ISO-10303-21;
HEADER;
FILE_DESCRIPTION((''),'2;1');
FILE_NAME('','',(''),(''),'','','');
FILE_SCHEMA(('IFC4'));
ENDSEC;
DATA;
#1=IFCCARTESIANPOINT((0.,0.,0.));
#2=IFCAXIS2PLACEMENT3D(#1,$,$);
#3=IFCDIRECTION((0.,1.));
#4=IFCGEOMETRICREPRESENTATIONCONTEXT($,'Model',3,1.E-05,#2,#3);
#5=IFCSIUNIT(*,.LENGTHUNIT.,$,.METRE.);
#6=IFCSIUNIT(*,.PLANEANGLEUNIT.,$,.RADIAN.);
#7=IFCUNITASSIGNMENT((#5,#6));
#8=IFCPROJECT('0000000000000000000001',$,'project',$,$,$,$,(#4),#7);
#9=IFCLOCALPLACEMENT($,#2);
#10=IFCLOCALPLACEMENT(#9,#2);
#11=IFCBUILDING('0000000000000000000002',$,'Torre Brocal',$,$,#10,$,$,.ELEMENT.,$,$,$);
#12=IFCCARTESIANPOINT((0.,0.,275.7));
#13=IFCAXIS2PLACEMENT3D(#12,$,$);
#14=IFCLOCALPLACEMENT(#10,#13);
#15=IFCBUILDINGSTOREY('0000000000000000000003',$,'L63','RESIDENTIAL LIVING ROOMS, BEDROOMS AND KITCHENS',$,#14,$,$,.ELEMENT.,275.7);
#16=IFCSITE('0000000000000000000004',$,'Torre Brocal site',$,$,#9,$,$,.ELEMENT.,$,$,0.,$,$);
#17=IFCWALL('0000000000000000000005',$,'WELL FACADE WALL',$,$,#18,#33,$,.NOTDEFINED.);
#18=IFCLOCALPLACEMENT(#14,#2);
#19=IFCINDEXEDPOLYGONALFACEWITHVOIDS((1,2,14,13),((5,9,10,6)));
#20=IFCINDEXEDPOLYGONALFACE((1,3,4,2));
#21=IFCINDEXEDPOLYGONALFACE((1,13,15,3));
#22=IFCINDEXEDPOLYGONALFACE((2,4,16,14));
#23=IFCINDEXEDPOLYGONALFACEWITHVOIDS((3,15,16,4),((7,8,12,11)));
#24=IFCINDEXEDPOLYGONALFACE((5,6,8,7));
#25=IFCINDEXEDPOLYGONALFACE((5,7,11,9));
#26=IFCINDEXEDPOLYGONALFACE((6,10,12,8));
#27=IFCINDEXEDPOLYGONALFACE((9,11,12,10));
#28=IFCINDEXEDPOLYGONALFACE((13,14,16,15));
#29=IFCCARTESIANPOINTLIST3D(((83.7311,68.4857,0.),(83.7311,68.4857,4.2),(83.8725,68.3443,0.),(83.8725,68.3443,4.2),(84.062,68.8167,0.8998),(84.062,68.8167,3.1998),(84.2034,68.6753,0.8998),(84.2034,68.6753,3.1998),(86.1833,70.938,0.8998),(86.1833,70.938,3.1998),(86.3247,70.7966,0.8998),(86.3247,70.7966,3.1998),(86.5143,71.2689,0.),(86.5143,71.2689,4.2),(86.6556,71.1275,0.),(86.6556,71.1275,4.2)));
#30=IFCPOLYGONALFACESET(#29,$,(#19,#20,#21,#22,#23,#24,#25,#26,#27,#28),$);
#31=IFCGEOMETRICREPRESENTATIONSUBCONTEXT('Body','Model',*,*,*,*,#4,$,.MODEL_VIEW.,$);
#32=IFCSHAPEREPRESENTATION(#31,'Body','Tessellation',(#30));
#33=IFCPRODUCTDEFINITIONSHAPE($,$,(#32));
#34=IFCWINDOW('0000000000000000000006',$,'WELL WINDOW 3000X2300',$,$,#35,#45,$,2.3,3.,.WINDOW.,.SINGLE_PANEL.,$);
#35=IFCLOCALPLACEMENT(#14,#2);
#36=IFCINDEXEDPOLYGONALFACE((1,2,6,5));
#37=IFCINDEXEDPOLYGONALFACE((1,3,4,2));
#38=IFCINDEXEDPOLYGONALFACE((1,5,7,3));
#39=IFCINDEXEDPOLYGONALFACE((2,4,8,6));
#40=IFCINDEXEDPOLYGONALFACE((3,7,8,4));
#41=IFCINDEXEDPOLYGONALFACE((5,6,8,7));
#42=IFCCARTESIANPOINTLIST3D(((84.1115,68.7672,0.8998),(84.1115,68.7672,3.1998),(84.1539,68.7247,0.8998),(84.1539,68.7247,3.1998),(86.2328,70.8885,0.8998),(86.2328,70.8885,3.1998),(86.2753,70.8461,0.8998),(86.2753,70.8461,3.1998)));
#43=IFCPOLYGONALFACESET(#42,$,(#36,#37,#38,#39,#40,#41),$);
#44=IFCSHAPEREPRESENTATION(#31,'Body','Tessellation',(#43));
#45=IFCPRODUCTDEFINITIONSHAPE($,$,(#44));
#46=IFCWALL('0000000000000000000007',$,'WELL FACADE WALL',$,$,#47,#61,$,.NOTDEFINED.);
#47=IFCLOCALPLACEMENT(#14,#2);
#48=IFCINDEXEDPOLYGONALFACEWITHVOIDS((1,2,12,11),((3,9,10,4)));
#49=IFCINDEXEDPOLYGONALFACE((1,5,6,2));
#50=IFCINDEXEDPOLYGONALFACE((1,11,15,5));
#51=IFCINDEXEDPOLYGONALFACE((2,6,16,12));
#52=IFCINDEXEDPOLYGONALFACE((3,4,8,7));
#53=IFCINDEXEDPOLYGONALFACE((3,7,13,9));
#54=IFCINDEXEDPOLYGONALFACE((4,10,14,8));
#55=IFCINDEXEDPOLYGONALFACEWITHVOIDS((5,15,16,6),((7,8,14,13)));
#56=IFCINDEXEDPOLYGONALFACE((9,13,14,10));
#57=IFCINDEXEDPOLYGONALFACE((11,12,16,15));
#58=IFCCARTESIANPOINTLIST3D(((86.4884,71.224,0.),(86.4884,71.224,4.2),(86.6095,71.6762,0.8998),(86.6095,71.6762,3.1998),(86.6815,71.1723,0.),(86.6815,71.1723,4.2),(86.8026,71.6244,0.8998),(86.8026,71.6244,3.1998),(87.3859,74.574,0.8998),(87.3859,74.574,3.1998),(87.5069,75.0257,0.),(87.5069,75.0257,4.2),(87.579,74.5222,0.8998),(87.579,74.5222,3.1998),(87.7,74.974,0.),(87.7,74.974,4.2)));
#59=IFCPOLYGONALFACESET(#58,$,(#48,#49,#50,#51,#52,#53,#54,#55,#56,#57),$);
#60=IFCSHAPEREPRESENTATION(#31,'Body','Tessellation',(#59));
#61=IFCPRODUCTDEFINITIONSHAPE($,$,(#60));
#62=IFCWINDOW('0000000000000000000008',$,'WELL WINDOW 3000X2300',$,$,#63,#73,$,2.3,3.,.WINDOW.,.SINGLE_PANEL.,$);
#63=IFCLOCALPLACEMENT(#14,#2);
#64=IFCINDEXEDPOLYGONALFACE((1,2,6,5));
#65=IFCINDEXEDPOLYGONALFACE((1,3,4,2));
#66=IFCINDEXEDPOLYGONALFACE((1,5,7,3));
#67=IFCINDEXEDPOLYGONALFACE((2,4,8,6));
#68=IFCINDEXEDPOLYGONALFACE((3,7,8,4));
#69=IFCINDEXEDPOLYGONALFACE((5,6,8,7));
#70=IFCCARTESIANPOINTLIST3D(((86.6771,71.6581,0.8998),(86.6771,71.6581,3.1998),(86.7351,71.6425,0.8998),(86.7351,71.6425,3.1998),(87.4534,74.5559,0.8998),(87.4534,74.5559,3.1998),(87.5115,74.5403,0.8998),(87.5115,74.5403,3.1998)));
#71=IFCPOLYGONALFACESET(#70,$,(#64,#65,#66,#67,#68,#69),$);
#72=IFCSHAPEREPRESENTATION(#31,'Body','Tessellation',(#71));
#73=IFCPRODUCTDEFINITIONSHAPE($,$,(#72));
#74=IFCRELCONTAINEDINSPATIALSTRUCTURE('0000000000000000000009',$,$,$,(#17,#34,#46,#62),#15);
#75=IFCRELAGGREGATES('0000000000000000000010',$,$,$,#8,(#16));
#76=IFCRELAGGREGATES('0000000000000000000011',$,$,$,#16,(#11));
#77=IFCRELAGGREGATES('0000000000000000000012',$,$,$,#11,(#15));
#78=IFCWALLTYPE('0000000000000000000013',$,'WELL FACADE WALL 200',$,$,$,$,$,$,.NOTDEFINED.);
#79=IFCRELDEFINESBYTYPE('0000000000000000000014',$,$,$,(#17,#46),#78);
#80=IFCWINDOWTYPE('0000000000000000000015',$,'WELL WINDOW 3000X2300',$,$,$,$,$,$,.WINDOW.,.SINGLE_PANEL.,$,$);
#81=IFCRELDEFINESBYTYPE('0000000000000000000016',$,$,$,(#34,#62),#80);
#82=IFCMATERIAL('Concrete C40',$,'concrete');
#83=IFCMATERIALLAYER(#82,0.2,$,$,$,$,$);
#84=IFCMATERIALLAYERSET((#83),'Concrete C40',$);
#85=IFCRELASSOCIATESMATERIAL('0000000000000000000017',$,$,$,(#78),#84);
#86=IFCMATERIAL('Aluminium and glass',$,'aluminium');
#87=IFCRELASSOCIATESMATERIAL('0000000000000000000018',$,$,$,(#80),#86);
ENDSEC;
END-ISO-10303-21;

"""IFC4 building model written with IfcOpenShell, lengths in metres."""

from ifc_helpers import new_model, si_unit, direction, frame, frame_2d, origin, place, context, subcontext, project, spatial, rectangle, extrude, material, layer, layer_set, type_object, element, fill, save


model = new_model("IFC4")

# Units and contexts
model_context = context("Model", 3, precision=1e-05, world=origin(), true_north=direction((0.0, 1.0)))
body_context = subcontext(model_context, "Body", "Model", "MODEL_VIEW")
ifc_project = project(units=[si_unit("LENGTHUNIT", "METRE"), si_unit("PLANEANGLEUNIT", "RADIAN")], contexts=[model_context])

# Site, building, storey
site_placement = place(None, origin())
site = spatial("IfcSite", under=ifc_project, at=site_placement, Name="Torre Brocal site", CompositionType="ELEMENT", RefElevation=0.0)
building_placement = place(site_placement, origin())
building = spatial("IfcBuilding", under=site, at=building_placement, Name="Torre Brocal", CompositionType="ELEMENT")
storey_placement = place(building_placement, frame((0.0, 0.0, 275.7)))
storey = spatial("IfcBuildingStorey", under=building, at=storey_placement, Name="L63", Description="RESIDENTIAL LIVING ROOMS, BEDROOMS AND KITCHENS", CompositionType="ELEMENT", Elevation=275.7)

# Walls, openings, windows
ifc_material_1 = material(Name="Concrete C40", Category="concrete")
ifc_layer_1 = layer(ifc_material_1, 0.2)
ifc_layer_set_1 = layer_set([ifc_layer_1], Name="Concrete C40")
wall_type_1 = type_object("IfcWallType", Name="WELL FACADE WALL 200", PredefinedType="NOTDEFINED", material=ifc_layer_set_1)
ifc_material_2 = material(Name="Aluminium and glass", Category="aluminium")
window_type = type_object("IfcWindowType", Name="WELL WINDOW 3000X2300", PartitioningType="SINGLE_PANEL", PredefinedType="WINDOW", material=ifc_material_2)
wall_1_placement = place(storey_placement, frame((83.8018, 68.415, 0.0), z_axis=(0.0, 0.0, 1.0), x_axis=(0.707107, 0.707107, 0.0)))
wall_1 = element("IfcWall", 1, at=wall_1_placement, inside=storey, type_object=wall_type_1, Name="WELL FACADE WALL", PredefinedType="NOTDEFINED", context=body_context, shape_type="SweptSolid", body=[
    extrude(rectangle(XDim=3.936, YDim=0.2, at=frame_2d((1.968, 0.0))), origin(), (0.0, 0.0, 1.0), 4.2),
])
opening_1_placement = place(wall_1_placement, frame((0.468, 0.0, 0.8999)))
opening_1 = element("IfcOpeningElement", 2, at=opening_1_placement, cuts=wall_1, PredefinedType="OPENING", context=body_context, shape_type="SweptSolid", body=[
    extrude(rectangle(XDim=3.0, YDim=2.3, at=frame_2d((1.5, 1.1499))), frame((0.0, 0.1099, 0.0), z_axis=(0.0, -1.0, 0.0), x_axis=(1.0, 0.0, 0.0)), (0.0, 0.0, 1.0), 0.22),
])
window_1_placement = place(opening_1_placement, origin())
window_1 = element("IfcWindow", 3, at=window_1_placement, inside=storey, type_object=window_type, Name="WELL WINDOW 3000X2300", OverallHeight=2.3, OverallWidth=3.0, PartitioningType="SINGLE_PANEL", PredefinedType="WINDOW", context=body_context, shape_type="SweptSolid", body=[
    extrude(rectangle(XDim=3.0, YDim=2.3, at=frame_2d((1.5, 1.1499))), frame((0.0, 0.03, 0.0), z_axis=(0.0, -1.0, 0.0), x_axis=(1.0, 0.0, 0.0)), (0.0, 0.0, 1.0), 0.0601),
])
fill(opening_1, window_1)
wall_2_placement = place(storey_placement, frame((86.585, 71.1982, 0.0), z_axis=(0.0, 0.0, 1.0), x_axis=(0.25879, 0.965934, 0.0)))
wall_2 = element("IfcWall", 4, at=wall_2_placement, inside=storey, type_object=wall_type_1, Name="WELL FACADE WALL", PredefinedType="NOTDEFINED", context=body_context, shape_type="SweptSolid", body=[
    extrude(rectangle(XDim=3.9358, YDim=0.2, at=frame_2d((1.9678, 0.0))), origin(), (0.0, 0.0, 1.0), 4.2),
])
opening_2_placement = place(wall_2_placement, frame((0.468, 0.0, 0.8999)))
opening_2 = element("IfcOpeningElement", 5, at=opening_2_placement, cuts=wall_2, PredefinedType="OPENING", context=body_context, shape_type="SweptSolid", body=[
    extrude(rectangle(XDim=3.0, YDim=2.3, at=frame_2d((1.5, 1.1499))), frame((0.0, 0.1099, 0.0), z_axis=(0.0, -1.0, 0.0), x_axis=(1.0, 0.0, 0.0)), (0.0, 0.0, 1.0), 0.22),
])
window_2_placement = place(opening_2_placement, origin())
window_2 = element("IfcWindow", 6, at=window_2_placement, inside=storey, type_object=window_type, Name="WELL WINDOW 3000X2300", OverallHeight=2.3, OverallWidth=3.0, PartitioningType="SINGLE_PANEL", PredefinedType="WINDOW", context=body_context, shape_type="SweptSolid", body=[
    extrude(rectangle(XDim=3.0, YDim=2.3, at=frame_2d((1.5, 1.1499))), frame((0.0, 0.03, 0.0), z_axis=(0.0, -1.0, 0.0), x_axis=(1.0, 0.0, 0.0)), (0.0, 0.0, 1.0), 0.0601),
])
fill(opening_2, window_2)

save(model, "model.ifc")
